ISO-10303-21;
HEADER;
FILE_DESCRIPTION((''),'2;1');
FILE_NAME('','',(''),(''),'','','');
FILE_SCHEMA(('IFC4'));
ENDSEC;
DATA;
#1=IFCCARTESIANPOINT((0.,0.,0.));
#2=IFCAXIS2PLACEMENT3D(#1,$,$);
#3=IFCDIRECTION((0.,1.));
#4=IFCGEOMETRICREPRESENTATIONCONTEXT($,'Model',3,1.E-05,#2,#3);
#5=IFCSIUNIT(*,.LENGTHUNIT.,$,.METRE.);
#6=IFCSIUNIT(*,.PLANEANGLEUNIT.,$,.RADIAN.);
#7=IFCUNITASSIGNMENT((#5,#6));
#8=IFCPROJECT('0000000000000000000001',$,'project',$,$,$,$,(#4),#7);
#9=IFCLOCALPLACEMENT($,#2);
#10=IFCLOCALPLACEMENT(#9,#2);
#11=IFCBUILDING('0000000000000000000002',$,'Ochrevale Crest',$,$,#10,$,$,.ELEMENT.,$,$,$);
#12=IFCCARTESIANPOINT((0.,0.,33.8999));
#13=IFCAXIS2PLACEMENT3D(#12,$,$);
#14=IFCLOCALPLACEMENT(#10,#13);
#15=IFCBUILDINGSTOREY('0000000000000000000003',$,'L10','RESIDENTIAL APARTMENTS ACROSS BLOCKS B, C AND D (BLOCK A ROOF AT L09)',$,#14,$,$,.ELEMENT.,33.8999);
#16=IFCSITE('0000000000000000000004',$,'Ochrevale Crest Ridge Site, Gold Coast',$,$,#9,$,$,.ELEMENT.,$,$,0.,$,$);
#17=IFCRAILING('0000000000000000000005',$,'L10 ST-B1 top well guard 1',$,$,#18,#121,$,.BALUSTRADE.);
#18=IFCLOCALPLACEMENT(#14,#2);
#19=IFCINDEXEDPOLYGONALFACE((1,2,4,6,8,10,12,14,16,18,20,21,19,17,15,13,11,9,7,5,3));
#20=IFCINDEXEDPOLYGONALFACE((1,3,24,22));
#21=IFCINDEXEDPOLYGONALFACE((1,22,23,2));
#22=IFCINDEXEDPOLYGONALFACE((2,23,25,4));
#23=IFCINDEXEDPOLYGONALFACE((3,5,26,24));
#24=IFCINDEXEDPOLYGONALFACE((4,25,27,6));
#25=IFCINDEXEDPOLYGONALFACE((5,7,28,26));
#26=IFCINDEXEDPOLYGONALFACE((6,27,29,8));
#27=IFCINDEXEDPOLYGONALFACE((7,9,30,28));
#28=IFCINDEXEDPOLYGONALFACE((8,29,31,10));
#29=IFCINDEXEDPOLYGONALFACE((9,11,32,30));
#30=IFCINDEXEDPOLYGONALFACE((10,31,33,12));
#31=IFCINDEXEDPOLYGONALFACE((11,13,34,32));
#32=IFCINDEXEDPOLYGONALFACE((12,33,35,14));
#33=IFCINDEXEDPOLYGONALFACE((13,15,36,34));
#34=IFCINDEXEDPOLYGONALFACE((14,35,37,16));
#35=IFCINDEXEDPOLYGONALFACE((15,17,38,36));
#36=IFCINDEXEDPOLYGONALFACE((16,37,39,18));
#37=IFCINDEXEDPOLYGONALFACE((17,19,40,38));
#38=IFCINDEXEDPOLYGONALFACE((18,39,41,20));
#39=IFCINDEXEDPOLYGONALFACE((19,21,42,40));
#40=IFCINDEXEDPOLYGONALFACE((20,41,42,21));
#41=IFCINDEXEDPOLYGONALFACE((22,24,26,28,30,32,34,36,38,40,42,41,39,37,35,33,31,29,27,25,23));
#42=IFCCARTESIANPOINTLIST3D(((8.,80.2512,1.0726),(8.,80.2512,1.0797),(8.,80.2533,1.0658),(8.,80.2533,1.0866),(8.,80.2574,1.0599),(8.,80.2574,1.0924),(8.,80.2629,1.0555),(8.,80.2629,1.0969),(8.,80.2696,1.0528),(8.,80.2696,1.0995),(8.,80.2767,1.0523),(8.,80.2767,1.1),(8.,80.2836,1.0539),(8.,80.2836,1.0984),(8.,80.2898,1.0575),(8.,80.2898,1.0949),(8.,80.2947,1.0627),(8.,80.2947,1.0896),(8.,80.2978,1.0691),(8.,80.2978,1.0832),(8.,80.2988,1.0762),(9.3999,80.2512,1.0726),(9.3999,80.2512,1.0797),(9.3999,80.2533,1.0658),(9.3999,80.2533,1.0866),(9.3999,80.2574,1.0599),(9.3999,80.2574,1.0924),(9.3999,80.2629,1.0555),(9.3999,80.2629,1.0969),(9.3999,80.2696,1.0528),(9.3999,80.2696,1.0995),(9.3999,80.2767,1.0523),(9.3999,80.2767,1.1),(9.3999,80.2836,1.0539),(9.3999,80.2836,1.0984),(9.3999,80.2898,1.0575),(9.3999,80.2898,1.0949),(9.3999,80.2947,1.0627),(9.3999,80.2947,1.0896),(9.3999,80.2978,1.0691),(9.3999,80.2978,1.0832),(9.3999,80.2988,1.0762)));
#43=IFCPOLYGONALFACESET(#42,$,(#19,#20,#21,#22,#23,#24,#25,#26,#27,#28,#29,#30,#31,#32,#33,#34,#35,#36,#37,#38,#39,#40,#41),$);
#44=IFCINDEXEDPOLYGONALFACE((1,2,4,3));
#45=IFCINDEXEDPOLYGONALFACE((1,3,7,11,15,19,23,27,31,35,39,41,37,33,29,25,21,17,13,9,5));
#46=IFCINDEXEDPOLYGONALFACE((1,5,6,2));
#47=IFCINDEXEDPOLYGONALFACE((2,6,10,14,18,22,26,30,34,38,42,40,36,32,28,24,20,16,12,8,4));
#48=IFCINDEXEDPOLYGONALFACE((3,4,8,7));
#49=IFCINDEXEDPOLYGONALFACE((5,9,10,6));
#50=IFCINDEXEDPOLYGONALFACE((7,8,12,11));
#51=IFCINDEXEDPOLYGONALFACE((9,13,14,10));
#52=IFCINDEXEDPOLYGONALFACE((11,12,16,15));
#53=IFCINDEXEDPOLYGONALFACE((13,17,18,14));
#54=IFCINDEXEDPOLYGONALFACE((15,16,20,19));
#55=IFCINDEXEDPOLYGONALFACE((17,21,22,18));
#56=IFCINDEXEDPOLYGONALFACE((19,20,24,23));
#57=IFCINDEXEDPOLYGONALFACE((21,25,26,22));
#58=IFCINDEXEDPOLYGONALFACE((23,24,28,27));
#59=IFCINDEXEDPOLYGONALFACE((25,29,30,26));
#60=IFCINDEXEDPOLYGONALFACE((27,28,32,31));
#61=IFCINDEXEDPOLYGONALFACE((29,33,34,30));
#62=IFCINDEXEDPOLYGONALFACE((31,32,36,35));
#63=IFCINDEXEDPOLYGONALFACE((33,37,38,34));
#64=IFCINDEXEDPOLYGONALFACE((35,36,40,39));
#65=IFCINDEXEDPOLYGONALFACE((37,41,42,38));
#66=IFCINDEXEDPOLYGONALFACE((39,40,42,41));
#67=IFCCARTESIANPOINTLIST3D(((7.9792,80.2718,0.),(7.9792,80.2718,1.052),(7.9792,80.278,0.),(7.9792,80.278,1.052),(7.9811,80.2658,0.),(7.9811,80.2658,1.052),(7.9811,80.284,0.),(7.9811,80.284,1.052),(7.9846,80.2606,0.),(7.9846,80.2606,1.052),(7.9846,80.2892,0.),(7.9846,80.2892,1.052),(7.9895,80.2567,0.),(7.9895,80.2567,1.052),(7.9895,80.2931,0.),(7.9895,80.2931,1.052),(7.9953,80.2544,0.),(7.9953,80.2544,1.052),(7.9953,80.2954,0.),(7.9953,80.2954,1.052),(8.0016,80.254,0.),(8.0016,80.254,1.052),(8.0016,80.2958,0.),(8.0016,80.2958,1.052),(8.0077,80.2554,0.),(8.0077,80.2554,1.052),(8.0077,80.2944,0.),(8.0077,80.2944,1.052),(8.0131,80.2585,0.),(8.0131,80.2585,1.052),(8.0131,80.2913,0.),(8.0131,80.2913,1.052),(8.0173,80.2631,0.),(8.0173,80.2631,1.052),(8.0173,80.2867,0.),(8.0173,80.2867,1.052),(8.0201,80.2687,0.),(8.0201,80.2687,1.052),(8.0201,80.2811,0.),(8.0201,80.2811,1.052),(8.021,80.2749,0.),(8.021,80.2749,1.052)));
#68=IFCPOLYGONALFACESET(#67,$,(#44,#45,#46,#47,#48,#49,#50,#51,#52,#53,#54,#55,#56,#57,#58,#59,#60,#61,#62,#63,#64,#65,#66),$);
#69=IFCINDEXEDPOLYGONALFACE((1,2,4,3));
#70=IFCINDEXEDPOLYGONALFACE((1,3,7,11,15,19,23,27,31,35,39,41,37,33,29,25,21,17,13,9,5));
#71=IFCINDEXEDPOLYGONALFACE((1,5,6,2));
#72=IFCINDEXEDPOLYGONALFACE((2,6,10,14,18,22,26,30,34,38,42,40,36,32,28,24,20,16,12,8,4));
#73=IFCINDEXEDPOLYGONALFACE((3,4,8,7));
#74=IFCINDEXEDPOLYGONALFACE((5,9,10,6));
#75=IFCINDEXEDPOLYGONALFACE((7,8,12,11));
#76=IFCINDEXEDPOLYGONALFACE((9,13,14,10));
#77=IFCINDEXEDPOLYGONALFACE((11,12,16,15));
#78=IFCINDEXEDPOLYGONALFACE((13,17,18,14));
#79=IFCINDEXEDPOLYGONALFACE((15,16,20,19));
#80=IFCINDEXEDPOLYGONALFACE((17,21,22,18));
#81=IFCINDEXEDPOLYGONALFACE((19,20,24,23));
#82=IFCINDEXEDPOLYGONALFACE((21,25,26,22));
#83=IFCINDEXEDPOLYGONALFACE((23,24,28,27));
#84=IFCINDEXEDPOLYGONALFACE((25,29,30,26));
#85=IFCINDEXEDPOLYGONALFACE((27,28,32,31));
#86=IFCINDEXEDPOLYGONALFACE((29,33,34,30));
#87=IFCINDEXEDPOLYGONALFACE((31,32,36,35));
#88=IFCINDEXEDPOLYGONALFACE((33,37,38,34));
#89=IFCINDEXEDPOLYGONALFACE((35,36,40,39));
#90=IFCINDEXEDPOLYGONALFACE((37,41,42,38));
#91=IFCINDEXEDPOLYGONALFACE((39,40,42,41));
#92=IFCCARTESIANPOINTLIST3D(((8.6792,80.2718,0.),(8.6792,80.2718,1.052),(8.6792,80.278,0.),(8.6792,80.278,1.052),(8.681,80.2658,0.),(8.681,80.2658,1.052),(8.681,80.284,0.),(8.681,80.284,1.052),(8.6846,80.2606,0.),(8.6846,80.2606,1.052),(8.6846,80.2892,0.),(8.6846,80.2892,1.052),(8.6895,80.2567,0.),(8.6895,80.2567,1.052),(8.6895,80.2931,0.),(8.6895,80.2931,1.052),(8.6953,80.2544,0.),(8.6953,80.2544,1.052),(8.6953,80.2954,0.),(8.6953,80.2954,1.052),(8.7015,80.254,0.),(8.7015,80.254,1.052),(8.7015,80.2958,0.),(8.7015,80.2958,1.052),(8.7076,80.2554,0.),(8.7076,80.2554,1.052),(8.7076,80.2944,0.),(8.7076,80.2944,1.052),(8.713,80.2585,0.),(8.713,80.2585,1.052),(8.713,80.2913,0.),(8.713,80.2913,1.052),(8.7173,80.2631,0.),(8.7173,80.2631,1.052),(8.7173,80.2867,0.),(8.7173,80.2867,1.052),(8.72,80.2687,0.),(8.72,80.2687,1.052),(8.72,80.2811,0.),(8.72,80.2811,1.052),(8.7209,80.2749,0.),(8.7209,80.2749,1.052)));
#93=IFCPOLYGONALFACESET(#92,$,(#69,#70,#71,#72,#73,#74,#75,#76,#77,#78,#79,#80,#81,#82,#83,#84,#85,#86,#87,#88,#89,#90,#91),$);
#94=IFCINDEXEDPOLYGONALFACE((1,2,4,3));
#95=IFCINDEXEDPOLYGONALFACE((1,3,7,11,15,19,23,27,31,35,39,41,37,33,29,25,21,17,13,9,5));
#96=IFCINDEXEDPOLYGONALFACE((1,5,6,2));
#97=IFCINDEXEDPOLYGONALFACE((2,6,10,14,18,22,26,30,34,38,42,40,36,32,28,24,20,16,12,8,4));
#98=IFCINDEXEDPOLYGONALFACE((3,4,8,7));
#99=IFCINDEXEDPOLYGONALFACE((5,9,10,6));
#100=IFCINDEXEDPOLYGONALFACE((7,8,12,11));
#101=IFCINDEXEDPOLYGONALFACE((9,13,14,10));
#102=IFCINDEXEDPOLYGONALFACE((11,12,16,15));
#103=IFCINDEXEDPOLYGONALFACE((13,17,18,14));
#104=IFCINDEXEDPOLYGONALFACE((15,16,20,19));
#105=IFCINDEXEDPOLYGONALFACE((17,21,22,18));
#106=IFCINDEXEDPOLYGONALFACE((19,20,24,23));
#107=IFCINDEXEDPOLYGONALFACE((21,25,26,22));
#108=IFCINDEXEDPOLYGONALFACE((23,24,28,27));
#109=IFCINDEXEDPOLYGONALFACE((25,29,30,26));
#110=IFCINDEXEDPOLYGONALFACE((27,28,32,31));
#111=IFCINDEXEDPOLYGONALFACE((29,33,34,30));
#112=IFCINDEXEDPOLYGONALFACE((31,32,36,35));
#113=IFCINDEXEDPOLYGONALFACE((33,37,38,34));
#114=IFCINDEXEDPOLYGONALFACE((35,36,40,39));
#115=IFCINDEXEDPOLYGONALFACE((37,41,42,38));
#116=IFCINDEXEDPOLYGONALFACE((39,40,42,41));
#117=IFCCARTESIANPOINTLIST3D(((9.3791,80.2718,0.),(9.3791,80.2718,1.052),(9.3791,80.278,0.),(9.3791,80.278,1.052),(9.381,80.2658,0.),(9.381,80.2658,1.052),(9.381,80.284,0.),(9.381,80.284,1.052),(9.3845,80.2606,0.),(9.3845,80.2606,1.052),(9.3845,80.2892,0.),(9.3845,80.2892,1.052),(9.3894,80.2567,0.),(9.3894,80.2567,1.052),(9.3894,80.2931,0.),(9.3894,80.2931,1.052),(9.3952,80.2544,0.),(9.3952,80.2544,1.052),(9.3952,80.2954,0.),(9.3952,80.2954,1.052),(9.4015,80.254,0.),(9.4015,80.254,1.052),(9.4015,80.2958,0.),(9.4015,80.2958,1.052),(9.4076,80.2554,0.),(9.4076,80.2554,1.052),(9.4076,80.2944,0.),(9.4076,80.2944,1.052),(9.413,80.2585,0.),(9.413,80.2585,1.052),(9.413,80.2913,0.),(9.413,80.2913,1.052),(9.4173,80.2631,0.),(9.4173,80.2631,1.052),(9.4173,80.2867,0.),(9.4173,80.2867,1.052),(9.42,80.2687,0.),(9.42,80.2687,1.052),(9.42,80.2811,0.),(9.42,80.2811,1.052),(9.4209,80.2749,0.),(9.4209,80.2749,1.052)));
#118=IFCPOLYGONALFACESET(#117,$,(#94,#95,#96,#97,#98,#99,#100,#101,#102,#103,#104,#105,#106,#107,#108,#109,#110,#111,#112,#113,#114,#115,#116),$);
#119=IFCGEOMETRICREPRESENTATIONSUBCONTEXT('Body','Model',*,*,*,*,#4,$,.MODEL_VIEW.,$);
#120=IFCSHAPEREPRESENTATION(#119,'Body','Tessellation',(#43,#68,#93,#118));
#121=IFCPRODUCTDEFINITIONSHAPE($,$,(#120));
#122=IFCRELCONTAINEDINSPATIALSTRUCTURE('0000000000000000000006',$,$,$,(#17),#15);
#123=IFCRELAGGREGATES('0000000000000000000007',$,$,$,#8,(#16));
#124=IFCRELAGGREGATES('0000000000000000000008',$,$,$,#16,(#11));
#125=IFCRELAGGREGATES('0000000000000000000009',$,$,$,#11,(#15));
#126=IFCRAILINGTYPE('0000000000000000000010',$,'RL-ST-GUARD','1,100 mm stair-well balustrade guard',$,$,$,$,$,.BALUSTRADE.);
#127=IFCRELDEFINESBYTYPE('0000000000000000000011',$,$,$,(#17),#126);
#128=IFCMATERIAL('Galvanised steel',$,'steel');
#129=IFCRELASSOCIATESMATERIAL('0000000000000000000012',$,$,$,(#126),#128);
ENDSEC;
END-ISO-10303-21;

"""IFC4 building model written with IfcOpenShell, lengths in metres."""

from ifc_helpers import new_model, si_unit, direction, frame, origin, origin_2d, place, context, subcontext, project, spatial, circle, extrude, material, type_object, element, save


model = new_model("IFC4")

# Units and contexts
model_context = context("Model", 3, precision=1e-05, world=origin(), true_north=direction((0.0, 1.0)))
body_context = subcontext(model_context, "Body", "Model", "MODEL_VIEW")
ifc_project = project(units=[si_unit("LENGTHUNIT", "METRE"), si_unit("PLANEANGLEUNIT", "RADIAN")], contexts=[model_context])

# Site, building, storey
site_placement = place(None, origin())
site = spatial("IfcSite", under=ifc_project, at=site_placement, Name="Ochrevale Crest Ridge Site, Gold Coast", CompositionType="ELEMENT", RefElevation=0.0)
building_placement = place(site_placement, origin())
building = spatial("IfcBuilding", under=site, at=building_placement, Name="Ochrevale Crest", CompositionType="ELEMENT")
storey_placement = place(building_placement, frame((0.0, 0.0, 33.8999)))
storey = spatial("IfcBuildingStorey", under=building, at=storey_placement, Name="L10", Description="RESIDENTIAL APARTMENTS ACROSS BLOCKS B, C AND D (BLOCK A ROOF AT L09)", CompositionType="ELEMENT", Elevation=33.8999)

# Railing
ifc_material_1 = material(Name="Galvanised steel", Category="steel")
railing_type = type_object("IfcRailingType", Name="RL-ST-GUARD", Description="1,100 mm stair-well balustrade guard", PredefinedType="BALUSTRADE", material=ifc_material_1)
railing_placement = place(storey_placement, frame((8.0, 80.2749, 0.0)))
element("IfcRailing", 1, at=railing_placement, inside=storey, type_object=railing_type, Name="L10 ST-B1 top well guard 1", PredefinedType="BALUSTRADE", context=body_context, shape_type="SweptSolid", body=[
    extrude(circle(Radius=0.0239, at=origin_2d()), frame((0.0, 0.0, 1.0762), z_axis=(1.0, 0.0, 0.0), x_axis=(0.0, 1.0, 0.0)), (0.0, 0.0, 1.0), 1.3999),
    extrude(circle(Radius=0.021, at=origin_2d()), origin(), (0.0, 0.0, 1.0), 1.052),
    extrude(circle(Radius=0.021, at=origin_2d()), frame((0.7, 0.0, 0.0)), (0.0, 0.0, 1.0), 1.052),
    extrude(circle(Radius=0.021, at=origin_2d()), frame((1.3999, 0.0, 0.0)), (0.0, 0.0, 1.0), 1.052),
])

save(model, "model.ifc")
